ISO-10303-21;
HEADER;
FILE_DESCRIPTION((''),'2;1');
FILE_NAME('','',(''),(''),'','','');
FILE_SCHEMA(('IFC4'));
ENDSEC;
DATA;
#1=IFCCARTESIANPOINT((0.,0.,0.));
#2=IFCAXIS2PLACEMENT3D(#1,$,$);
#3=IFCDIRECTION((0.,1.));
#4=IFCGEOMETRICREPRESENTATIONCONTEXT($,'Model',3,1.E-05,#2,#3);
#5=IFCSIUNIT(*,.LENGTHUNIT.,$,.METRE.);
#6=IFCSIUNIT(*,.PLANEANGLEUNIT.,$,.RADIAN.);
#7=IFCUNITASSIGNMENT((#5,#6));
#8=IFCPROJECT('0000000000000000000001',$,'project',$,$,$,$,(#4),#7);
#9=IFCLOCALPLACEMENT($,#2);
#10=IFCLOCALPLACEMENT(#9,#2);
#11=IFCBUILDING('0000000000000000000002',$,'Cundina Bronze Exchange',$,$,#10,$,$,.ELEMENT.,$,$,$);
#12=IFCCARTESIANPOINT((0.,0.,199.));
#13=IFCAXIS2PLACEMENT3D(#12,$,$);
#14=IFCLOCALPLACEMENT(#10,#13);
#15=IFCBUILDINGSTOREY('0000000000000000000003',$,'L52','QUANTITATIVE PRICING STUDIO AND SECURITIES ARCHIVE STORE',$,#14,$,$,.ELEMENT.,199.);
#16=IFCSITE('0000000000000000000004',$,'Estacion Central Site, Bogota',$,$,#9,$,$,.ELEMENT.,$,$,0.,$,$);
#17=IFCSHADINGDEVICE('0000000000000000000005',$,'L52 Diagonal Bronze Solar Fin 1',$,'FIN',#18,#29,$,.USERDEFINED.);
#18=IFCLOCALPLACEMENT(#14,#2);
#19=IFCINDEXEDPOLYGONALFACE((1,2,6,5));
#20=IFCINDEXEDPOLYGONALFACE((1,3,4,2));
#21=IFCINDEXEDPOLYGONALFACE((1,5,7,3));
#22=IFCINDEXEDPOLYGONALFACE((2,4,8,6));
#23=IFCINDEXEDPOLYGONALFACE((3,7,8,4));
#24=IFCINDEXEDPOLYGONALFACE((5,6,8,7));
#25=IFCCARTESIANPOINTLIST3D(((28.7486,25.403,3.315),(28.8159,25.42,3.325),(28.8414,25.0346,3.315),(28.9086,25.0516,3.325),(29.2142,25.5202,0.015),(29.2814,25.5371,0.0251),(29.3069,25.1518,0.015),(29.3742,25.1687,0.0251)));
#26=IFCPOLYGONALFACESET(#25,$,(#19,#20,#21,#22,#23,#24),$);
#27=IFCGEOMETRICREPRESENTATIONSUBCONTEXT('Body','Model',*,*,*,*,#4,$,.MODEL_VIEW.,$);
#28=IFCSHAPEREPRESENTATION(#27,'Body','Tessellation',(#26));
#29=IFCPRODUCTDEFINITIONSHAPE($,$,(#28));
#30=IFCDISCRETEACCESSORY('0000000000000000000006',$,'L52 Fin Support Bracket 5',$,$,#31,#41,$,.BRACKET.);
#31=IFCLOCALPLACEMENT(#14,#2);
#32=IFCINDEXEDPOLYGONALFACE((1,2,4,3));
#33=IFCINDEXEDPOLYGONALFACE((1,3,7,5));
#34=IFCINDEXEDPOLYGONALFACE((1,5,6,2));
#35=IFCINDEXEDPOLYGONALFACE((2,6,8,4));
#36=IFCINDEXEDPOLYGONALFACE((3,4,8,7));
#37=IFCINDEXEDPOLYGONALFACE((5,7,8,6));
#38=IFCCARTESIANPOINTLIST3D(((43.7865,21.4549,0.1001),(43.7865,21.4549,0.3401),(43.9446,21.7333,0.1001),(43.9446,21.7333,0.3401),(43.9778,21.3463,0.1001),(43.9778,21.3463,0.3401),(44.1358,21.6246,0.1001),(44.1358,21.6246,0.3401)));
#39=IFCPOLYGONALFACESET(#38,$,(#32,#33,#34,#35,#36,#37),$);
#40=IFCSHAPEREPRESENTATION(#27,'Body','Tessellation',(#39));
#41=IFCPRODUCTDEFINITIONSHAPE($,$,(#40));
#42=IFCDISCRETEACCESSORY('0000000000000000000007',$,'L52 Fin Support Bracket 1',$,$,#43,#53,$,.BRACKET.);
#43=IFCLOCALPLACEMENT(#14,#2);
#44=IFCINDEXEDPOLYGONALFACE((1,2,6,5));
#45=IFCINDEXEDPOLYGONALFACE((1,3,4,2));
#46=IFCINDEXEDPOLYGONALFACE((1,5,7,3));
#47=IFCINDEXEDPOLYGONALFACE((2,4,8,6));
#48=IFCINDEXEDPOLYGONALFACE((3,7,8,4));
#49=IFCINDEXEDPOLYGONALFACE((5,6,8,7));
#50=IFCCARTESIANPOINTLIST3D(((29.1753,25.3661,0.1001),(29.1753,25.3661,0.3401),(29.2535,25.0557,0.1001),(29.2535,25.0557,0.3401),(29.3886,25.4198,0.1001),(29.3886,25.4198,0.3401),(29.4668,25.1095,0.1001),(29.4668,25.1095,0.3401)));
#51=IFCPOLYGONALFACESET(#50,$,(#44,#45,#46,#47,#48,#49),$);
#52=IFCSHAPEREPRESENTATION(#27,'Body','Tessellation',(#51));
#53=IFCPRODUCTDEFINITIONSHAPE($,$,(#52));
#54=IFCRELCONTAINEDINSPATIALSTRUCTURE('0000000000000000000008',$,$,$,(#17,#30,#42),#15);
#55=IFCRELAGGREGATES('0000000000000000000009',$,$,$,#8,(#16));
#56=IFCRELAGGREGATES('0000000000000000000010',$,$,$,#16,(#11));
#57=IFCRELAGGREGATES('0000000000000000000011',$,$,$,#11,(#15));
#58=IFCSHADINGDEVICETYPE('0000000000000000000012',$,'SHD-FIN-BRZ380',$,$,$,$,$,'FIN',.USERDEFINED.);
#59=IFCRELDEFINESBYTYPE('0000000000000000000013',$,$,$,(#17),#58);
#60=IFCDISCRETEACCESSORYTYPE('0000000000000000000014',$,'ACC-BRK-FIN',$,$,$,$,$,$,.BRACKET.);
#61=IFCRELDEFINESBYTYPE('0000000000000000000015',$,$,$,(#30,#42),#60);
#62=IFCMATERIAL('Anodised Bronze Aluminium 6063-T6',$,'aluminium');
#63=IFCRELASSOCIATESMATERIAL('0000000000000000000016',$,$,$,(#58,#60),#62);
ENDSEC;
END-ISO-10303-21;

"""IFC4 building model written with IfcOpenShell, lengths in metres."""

from ifc_helpers import new_model, si_unit, direction, frame, origin, origin_2d, place, context, subcontext, project, spatial, rectangle, extrude, material, material_profile, profile_set, type_object, element, save


model = new_model("IFC4")

# Units and contexts
model_context = context("Model", 3, precision=1e-05, world=origin(), true_north=direction((0.0, 1.0)))
body_context = subcontext(model_context, "Body", "Model", "MODEL_VIEW")
ifc_project = project(units=[si_unit("LENGTHUNIT", "METRE"), si_unit("PLANEANGLEUNIT", "RADIAN")], contexts=[model_context])

# Site, building, storey
site_placement = place(None, origin())
site = spatial("IfcSite", under=ifc_project, at=site_placement, Name="Estacion Central Site, Bogota", CompositionType="ELEMENT", RefElevation=0.0)
building_placement = place(site_placement, origin())
building = spatial("IfcBuilding", under=site, at=building_placement, Name="Cundina Bronze Exchange", CompositionType="ELEMENT")
storey_placement = place(building_placement, frame((0.0, 0.0, 199.0)))
storey = spatial("IfcBuildingStorey", under=building, at=storey_placement, Name="L52", Description="QUANTITATIVE PRICING STUDIO AND SECURITIES ARCHIVE STORE", CompositionType="ELEMENT", Elevation=199.0)

# Shared definitions
ifc_material_1 = material(Name="Anodised Bronze Aluminium 6063-T6", Category="aluminium")

# Shading device
ifc_material_profile_1 = material_profile(ifc_material_1, rectangle(XDim=0.0701, YDim=0.3799, at=origin_2d()), Name="FIN70X380", Category="aluminium")
ifc_profile_set_1 = profile_set([ifc_material_profile_1], Name="Anodised Bronze Aluminium 6063-T6")
shading_device_type = type_object("IfcShadingDeviceType", Name="SHD-FIN-BRZ380", ElementType="FIN", PredefinedType="USERDEFINED", material=ifc_profile_set_1)
for number, where, z_axis, x_axis, name in (
    (1, (29.2942, 25.3445, 0.02), (-0.139612, -0.035141, 0.989583), (0.95965, 0.241548, 0.143967), "L52 Diagonal Bronze Solar Fin 1"),
):
    element("IfcShadingDevice", number, at=place(storey_placement, frame(where, z_axis=z_axis, x_axis=x_axis)), inside=storey, type_object=shading_device_type, Name=name, ObjectType="FIN", PredefinedType="USERDEFINED", context=body_context, shape_type="SweptSolid", body=[
        extrude(rectangle(XDim=0.0701, YDim=0.3799, at=origin_2d()), origin(), (0.0, 0.0, 1.0), 3.3347),
    ])

# Discrete accessories
discrete_accessory_type = type_object("IfcDiscreteAccessoryType", Name="ACC-BRK-FIN", PredefinedType="BRACKET", material=ifc_material_1)
for number, where, z_axis, x_axis, name in (
    (2, (43.9612, 21.5398, 0.1001), (0.0, 0.0, 1.0), (-0.869573, 0.493805, 0.0), "L52 Fin Support Bracket 5"),
    (3, (29.321, 25.2378, 0.1001), (0.0, 0.0, 1.0), (-0.969732, -0.244174, 0.0), "L52 Fin Support Bracket 1"),
):
    element("IfcDiscreteAccessory", number, at=place(storey_placement, frame(where, z_axis=z_axis, x_axis=x_axis)), inside=storey, type_object=discrete_accessory_type, Name=name, PredefinedType="BRACKET", context=body_context, shape_type="SweptSolid", body=[
        extrude(rectangle(XDim=0.22, YDim=0.3201, at=origin_2d()), origin(), (0.0, 0.0, 1.0), 0.24),
    ])

save(model, "model.ifc")
